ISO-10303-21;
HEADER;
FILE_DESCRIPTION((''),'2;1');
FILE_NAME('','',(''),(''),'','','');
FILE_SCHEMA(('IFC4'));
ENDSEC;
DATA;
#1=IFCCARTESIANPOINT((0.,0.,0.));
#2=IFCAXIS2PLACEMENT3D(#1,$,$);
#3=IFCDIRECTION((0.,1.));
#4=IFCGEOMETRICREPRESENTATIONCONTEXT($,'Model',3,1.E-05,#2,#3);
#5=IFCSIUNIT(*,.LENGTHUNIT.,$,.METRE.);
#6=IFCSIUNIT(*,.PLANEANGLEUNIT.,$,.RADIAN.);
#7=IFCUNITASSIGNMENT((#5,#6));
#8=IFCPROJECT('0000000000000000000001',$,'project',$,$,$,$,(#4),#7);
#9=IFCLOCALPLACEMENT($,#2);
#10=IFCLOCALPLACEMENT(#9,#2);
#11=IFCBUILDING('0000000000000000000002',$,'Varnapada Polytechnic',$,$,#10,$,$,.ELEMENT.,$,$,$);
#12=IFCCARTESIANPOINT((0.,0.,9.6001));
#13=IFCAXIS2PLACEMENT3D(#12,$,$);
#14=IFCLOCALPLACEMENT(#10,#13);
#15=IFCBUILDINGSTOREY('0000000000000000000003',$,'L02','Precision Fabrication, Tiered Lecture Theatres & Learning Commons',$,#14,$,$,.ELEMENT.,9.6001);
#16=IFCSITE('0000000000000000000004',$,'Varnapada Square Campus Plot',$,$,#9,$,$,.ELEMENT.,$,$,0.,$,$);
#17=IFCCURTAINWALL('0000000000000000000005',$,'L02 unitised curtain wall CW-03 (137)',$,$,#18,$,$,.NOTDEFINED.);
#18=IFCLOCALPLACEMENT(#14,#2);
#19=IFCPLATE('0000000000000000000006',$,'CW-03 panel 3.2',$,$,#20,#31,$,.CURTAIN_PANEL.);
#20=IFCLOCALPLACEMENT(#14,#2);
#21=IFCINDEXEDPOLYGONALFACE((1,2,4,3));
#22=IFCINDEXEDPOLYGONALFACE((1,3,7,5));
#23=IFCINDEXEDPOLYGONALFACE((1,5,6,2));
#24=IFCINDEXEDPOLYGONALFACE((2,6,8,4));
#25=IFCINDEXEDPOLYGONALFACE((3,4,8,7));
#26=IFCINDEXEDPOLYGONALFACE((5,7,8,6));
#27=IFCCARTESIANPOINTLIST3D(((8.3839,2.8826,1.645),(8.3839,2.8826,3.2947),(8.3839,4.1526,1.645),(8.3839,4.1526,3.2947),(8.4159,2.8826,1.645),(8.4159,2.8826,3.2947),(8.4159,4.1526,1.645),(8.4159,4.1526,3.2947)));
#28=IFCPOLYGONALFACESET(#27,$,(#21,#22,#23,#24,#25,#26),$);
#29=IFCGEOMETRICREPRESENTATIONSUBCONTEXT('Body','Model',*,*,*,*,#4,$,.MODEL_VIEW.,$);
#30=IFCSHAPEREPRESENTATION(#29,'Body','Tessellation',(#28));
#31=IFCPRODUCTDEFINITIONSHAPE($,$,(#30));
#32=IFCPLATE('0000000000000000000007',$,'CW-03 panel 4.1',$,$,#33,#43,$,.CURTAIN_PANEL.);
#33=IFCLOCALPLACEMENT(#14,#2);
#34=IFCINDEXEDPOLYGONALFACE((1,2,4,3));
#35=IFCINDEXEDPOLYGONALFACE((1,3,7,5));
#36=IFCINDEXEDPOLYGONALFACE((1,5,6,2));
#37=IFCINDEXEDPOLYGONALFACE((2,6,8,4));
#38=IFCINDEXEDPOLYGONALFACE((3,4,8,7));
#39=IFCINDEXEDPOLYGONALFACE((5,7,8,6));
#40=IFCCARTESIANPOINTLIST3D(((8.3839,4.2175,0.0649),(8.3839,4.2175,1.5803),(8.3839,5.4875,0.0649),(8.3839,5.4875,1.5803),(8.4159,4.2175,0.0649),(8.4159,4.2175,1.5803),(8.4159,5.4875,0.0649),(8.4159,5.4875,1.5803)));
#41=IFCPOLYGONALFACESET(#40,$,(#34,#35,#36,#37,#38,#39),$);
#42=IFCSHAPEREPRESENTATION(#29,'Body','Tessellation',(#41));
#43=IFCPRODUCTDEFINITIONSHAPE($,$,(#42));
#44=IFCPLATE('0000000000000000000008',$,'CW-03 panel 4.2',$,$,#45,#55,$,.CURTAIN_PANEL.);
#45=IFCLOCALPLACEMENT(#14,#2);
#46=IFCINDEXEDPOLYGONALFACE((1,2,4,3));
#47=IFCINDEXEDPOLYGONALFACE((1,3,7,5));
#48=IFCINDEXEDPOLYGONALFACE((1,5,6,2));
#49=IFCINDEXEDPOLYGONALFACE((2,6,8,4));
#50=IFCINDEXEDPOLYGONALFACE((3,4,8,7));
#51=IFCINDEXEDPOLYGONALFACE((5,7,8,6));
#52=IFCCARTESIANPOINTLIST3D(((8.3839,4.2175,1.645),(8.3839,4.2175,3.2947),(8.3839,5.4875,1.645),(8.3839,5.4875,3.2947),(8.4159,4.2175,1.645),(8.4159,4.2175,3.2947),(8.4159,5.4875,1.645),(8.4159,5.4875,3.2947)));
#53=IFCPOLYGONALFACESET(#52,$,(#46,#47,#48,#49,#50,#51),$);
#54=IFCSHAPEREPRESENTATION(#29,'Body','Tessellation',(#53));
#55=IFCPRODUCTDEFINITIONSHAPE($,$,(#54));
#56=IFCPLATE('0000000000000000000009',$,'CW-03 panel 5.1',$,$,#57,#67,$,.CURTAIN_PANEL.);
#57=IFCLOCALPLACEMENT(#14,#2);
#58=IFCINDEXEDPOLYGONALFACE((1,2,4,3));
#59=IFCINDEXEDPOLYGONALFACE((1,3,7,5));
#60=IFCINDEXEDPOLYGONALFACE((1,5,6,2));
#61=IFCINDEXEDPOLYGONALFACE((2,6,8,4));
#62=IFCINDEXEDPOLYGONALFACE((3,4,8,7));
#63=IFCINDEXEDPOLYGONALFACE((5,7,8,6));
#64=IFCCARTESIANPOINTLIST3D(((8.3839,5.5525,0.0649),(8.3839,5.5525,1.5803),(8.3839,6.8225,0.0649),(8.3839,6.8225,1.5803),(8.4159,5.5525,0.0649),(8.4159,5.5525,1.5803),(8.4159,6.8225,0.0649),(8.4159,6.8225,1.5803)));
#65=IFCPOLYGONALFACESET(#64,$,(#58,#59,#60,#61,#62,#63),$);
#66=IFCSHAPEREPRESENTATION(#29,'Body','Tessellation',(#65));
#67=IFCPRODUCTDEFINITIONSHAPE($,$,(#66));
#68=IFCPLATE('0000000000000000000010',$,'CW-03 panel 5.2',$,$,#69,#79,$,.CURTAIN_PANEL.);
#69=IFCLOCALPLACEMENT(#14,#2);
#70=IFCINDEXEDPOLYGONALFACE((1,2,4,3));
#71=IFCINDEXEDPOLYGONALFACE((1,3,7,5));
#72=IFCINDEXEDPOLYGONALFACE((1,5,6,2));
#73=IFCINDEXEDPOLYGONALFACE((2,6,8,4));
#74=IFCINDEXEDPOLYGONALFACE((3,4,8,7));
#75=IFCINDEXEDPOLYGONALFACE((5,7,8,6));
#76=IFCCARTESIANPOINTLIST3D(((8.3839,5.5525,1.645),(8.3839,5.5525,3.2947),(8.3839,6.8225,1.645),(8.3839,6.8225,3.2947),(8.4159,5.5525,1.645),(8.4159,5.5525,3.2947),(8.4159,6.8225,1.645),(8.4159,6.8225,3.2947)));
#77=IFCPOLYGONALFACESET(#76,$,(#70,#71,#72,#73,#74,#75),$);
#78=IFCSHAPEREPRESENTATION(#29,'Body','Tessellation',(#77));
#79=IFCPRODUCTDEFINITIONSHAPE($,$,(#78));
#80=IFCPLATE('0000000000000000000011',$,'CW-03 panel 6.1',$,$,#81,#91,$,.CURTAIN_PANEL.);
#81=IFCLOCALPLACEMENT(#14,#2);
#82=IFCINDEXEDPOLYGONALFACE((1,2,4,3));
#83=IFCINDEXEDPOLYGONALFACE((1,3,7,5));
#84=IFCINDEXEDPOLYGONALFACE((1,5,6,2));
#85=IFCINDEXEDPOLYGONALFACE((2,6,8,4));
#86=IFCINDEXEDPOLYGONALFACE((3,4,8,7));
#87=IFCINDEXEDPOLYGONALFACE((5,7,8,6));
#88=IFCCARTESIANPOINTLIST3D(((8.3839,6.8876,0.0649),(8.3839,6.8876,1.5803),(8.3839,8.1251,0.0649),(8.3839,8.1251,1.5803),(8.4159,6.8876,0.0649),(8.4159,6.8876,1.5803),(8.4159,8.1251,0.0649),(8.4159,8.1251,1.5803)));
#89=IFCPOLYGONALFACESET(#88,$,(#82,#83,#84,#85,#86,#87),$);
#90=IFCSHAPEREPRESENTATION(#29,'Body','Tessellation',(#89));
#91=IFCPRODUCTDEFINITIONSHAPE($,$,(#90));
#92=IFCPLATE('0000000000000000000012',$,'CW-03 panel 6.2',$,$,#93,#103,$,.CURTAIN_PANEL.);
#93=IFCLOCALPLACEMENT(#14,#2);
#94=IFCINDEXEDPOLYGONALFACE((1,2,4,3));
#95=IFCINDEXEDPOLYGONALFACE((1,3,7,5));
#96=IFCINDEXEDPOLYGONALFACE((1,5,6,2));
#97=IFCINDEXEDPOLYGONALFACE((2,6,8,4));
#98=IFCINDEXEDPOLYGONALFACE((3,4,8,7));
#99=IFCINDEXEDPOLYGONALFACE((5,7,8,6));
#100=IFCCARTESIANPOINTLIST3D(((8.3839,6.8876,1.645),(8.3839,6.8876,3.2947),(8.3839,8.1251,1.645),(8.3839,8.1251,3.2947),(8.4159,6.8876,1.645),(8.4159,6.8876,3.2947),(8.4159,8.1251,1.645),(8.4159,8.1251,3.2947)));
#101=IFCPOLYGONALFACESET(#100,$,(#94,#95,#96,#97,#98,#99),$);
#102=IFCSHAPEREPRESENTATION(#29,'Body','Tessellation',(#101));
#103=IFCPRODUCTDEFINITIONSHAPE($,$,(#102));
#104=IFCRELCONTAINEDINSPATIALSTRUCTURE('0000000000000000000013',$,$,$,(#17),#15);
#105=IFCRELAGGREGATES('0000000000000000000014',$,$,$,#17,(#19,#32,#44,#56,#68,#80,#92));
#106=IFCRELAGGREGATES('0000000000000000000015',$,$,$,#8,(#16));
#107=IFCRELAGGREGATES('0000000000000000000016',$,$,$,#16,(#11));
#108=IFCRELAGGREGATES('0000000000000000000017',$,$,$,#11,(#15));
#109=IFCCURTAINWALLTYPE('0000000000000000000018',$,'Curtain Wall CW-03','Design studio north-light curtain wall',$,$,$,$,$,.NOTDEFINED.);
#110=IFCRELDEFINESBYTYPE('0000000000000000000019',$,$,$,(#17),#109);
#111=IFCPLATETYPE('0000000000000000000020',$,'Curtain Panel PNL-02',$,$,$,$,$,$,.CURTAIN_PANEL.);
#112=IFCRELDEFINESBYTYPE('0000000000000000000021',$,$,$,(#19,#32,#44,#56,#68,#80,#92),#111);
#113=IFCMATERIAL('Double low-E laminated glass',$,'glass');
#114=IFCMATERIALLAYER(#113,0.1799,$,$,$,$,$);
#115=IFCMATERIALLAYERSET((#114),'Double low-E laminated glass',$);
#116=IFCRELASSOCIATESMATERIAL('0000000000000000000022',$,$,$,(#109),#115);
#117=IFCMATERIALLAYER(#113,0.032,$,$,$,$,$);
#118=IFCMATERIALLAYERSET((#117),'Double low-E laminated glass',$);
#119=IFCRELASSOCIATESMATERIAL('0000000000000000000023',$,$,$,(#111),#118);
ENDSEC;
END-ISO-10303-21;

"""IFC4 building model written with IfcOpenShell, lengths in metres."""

from ifc_helpers import new_model, si_unit, direction, frame, origin, origin_2d, place, context, subcontext, project, spatial, rectangle, extrude, material, layer, layer_set, type_object, element, aggregate, save


model = new_model("IFC4")

# Units and contexts
model_context = context("Model", 3, precision=1e-05, world=origin(), true_north=direction((0.0, 1.0)))
body_context = subcontext(model_context, "Body", "Model", "MODEL_VIEW")
ifc_project = project(units=[si_unit("LENGTHUNIT", "METRE"), si_unit("PLANEANGLEUNIT", "RADIAN")], contexts=[model_context])

# Site, building, storey
site_placement = place(None, origin())
site = spatial("IfcSite", under=ifc_project, at=site_placement, Name="Varnapada Square Campus Plot", CompositionType="ELEMENT", RefElevation=0.0)
building_placement = place(site_placement, origin())
building = spatial("IfcBuilding", under=site, at=building_placement, Name="Varnapada Polytechnic", CompositionType="ELEMENT")
storey_placement = place(building_placement, frame((0.0, 0.0, 9.6001)))
storey = spatial("IfcBuildingStorey", under=building, at=storey_placement, Name="L02", Description="Precision Fabrication, Tiered Lecture Theatres & Learning Commons", CompositionType="ELEMENT", Elevation=9.6001)

# Curtain wall, plates
ifc_material_1 = material(Name="Double low-E laminated glass", Category="glass")
ifc_layer_1 = layer(ifc_material_1, 0.1799)
ifc_layer_set_1 = layer_set([ifc_layer_1], Name="Double low-E laminated glass")
curtain_wall_type = type_object("IfcCurtainWallType", Name="Curtain Wall CW-03", Description="Design studio north-light curtain wall", PredefinedType="NOTDEFINED", material=ifc_layer_set_1)
curtain_wall_placement = place(storey_placement, origin())
curtain_wall = element("IfcCurtainWall", 1, at=curtain_wall_placement, inside=storey, type_object=curtain_wall_type, Name="L02 unitised curtain wall CW-03 (137)", PredefinedType="NOTDEFINED")
ifc_layer_2 = layer(ifc_material_1, 0.032)
ifc_layer_set_2 = layer_set([ifc_layer_2], Name="Double low-E laminated glass")
plate_type = type_object("IfcPlateType", Name="Curtain Panel PNL-02", PredefinedType="CURTAIN_PANEL", material=ifc_layer_set_2)
plate_1_placement = place(storey_placement, frame((8.3999, 3.5176, 1.645), z_axis=(0.0, 0.0, 1.0), x_axis=(0.0, 1.0, 0.0)))
plate_1 = element("IfcPlate", 2, at=plate_1_placement, type_object=plate_type, Name="CW-03 panel 3.2", PredefinedType="CURTAIN_PANEL", context=body_context, shape_type="SweptSolid", body=[
    extrude(rectangle(XDim=1.27, YDim=0.032, at=origin_2d()), origin(), (0.0, 0.0, 1.0), 1.6497),
])
plate_2_placement = place(storey_placement, frame((8.3999, 4.8525, 0.0649), z_axis=(0.0, 0.0, 1.0), x_axis=(0.0, 1.0, 0.0)))
plate_2 = element("IfcPlate", 3, at=plate_2_placement, type_object=plate_type, Name="CW-03 panel 4.1", PredefinedType="CURTAIN_PANEL", context=body_context, shape_type="SweptSolid", body=[
    extrude(rectangle(XDim=1.27, YDim=0.032, at=origin_2d()), origin(), (0.0, 0.0, 1.0), 1.5154),
])
plate_3_placement = place(storey_placement, frame((8.3999, 4.8525, 1.645), z_axis=(0.0, 0.0, 1.0), x_axis=(0.0, 1.0, 0.0)))
plate_3 = element("IfcPlate", 4, at=plate_3_placement, type_object=plate_type, Name="CW-03 panel 4.2", PredefinedType="CURTAIN_PANEL", context=body_context, shape_type="SweptSolid", body=[
    extrude(rectangle(XDim=1.27, YDim=0.032, at=origin_2d()), origin(), (0.0, 0.0, 1.0), 1.6497),
])
plate_4_placement = place(storey_placement, frame((8.3999, 6.1875, 0.0649), z_axis=(0.0, 0.0, 1.0), x_axis=(0.0, 1.0, 0.0)))
plate_4 = element("IfcPlate", 5, at=plate_4_placement, type_object=plate_type, Name="CW-03 panel 5.1", PredefinedType="CURTAIN_PANEL", context=body_context, shape_type="SweptSolid", body=[
    extrude(rectangle(XDim=1.27, YDim=0.032, at=origin_2d()), origin(), (0.0, 0.0, 1.0), 1.5154),
])
plate_5_placement = place(storey_placement, frame((8.3999, 6.1875, 1.645), z_axis=(0.0, 0.0, 1.0), x_axis=(0.0, 1.0, 0.0)))
plate_5 = element("IfcPlate", 6, at=plate_5_placement, type_object=plate_type, Name="CW-03 panel 5.2", PredefinedType="CURTAIN_PANEL", context=body_context, shape_type="SweptSolid", body=[
    extrude(rectangle(XDim=1.27, YDim=0.032, at=origin_2d()), origin(), (0.0, 0.0, 1.0), 1.6497),
])
plate_6_placement = place(storey_placement, frame((8.3999, 7.5063, 0.0649), z_axis=(0.0, 0.0, 1.0), x_axis=(0.0, 1.0, 0.0)))
plate_6 = element("IfcPlate", 7, at=plate_6_placement, type_object=plate_type, Name="CW-03 panel 6.1", PredefinedType="CURTAIN_PANEL", context=body_context, shape_type="SweptSolid", body=[
    extrude(rectangle(XDim=1.2375, YDim=0.032, at=origin_2d()), origin(), (0.0, 0.0, 1.0), 1.5154),
])
plate_7_placement = place(storey_placement, frame((8.3999, 7.5063, 1.645), z_axis=(0.0, 0.0, 1.0), x_axis=(0.0, 1.0, 0.0)))
plate_7 = element("IfcPlate", 8, at=plate_7_placement, type_object=plate_type, Name="CW-03 panel 6.2", PredefinedType="CURTAIN_PANEL", context=body_context, shape_type="SweptSolid", body=[
    extrude(rectangle(XDim=1.2375, YDim=0.032, at=origin_2d()), origin(), (0.0, 0.0, 1.0), 1.6497),
])
aggregate(curtain_wall, [plate_1, plate_2, plate_3, plate_4, plate_5, plate_6, plate_7])

save(model, "model.ifc")
